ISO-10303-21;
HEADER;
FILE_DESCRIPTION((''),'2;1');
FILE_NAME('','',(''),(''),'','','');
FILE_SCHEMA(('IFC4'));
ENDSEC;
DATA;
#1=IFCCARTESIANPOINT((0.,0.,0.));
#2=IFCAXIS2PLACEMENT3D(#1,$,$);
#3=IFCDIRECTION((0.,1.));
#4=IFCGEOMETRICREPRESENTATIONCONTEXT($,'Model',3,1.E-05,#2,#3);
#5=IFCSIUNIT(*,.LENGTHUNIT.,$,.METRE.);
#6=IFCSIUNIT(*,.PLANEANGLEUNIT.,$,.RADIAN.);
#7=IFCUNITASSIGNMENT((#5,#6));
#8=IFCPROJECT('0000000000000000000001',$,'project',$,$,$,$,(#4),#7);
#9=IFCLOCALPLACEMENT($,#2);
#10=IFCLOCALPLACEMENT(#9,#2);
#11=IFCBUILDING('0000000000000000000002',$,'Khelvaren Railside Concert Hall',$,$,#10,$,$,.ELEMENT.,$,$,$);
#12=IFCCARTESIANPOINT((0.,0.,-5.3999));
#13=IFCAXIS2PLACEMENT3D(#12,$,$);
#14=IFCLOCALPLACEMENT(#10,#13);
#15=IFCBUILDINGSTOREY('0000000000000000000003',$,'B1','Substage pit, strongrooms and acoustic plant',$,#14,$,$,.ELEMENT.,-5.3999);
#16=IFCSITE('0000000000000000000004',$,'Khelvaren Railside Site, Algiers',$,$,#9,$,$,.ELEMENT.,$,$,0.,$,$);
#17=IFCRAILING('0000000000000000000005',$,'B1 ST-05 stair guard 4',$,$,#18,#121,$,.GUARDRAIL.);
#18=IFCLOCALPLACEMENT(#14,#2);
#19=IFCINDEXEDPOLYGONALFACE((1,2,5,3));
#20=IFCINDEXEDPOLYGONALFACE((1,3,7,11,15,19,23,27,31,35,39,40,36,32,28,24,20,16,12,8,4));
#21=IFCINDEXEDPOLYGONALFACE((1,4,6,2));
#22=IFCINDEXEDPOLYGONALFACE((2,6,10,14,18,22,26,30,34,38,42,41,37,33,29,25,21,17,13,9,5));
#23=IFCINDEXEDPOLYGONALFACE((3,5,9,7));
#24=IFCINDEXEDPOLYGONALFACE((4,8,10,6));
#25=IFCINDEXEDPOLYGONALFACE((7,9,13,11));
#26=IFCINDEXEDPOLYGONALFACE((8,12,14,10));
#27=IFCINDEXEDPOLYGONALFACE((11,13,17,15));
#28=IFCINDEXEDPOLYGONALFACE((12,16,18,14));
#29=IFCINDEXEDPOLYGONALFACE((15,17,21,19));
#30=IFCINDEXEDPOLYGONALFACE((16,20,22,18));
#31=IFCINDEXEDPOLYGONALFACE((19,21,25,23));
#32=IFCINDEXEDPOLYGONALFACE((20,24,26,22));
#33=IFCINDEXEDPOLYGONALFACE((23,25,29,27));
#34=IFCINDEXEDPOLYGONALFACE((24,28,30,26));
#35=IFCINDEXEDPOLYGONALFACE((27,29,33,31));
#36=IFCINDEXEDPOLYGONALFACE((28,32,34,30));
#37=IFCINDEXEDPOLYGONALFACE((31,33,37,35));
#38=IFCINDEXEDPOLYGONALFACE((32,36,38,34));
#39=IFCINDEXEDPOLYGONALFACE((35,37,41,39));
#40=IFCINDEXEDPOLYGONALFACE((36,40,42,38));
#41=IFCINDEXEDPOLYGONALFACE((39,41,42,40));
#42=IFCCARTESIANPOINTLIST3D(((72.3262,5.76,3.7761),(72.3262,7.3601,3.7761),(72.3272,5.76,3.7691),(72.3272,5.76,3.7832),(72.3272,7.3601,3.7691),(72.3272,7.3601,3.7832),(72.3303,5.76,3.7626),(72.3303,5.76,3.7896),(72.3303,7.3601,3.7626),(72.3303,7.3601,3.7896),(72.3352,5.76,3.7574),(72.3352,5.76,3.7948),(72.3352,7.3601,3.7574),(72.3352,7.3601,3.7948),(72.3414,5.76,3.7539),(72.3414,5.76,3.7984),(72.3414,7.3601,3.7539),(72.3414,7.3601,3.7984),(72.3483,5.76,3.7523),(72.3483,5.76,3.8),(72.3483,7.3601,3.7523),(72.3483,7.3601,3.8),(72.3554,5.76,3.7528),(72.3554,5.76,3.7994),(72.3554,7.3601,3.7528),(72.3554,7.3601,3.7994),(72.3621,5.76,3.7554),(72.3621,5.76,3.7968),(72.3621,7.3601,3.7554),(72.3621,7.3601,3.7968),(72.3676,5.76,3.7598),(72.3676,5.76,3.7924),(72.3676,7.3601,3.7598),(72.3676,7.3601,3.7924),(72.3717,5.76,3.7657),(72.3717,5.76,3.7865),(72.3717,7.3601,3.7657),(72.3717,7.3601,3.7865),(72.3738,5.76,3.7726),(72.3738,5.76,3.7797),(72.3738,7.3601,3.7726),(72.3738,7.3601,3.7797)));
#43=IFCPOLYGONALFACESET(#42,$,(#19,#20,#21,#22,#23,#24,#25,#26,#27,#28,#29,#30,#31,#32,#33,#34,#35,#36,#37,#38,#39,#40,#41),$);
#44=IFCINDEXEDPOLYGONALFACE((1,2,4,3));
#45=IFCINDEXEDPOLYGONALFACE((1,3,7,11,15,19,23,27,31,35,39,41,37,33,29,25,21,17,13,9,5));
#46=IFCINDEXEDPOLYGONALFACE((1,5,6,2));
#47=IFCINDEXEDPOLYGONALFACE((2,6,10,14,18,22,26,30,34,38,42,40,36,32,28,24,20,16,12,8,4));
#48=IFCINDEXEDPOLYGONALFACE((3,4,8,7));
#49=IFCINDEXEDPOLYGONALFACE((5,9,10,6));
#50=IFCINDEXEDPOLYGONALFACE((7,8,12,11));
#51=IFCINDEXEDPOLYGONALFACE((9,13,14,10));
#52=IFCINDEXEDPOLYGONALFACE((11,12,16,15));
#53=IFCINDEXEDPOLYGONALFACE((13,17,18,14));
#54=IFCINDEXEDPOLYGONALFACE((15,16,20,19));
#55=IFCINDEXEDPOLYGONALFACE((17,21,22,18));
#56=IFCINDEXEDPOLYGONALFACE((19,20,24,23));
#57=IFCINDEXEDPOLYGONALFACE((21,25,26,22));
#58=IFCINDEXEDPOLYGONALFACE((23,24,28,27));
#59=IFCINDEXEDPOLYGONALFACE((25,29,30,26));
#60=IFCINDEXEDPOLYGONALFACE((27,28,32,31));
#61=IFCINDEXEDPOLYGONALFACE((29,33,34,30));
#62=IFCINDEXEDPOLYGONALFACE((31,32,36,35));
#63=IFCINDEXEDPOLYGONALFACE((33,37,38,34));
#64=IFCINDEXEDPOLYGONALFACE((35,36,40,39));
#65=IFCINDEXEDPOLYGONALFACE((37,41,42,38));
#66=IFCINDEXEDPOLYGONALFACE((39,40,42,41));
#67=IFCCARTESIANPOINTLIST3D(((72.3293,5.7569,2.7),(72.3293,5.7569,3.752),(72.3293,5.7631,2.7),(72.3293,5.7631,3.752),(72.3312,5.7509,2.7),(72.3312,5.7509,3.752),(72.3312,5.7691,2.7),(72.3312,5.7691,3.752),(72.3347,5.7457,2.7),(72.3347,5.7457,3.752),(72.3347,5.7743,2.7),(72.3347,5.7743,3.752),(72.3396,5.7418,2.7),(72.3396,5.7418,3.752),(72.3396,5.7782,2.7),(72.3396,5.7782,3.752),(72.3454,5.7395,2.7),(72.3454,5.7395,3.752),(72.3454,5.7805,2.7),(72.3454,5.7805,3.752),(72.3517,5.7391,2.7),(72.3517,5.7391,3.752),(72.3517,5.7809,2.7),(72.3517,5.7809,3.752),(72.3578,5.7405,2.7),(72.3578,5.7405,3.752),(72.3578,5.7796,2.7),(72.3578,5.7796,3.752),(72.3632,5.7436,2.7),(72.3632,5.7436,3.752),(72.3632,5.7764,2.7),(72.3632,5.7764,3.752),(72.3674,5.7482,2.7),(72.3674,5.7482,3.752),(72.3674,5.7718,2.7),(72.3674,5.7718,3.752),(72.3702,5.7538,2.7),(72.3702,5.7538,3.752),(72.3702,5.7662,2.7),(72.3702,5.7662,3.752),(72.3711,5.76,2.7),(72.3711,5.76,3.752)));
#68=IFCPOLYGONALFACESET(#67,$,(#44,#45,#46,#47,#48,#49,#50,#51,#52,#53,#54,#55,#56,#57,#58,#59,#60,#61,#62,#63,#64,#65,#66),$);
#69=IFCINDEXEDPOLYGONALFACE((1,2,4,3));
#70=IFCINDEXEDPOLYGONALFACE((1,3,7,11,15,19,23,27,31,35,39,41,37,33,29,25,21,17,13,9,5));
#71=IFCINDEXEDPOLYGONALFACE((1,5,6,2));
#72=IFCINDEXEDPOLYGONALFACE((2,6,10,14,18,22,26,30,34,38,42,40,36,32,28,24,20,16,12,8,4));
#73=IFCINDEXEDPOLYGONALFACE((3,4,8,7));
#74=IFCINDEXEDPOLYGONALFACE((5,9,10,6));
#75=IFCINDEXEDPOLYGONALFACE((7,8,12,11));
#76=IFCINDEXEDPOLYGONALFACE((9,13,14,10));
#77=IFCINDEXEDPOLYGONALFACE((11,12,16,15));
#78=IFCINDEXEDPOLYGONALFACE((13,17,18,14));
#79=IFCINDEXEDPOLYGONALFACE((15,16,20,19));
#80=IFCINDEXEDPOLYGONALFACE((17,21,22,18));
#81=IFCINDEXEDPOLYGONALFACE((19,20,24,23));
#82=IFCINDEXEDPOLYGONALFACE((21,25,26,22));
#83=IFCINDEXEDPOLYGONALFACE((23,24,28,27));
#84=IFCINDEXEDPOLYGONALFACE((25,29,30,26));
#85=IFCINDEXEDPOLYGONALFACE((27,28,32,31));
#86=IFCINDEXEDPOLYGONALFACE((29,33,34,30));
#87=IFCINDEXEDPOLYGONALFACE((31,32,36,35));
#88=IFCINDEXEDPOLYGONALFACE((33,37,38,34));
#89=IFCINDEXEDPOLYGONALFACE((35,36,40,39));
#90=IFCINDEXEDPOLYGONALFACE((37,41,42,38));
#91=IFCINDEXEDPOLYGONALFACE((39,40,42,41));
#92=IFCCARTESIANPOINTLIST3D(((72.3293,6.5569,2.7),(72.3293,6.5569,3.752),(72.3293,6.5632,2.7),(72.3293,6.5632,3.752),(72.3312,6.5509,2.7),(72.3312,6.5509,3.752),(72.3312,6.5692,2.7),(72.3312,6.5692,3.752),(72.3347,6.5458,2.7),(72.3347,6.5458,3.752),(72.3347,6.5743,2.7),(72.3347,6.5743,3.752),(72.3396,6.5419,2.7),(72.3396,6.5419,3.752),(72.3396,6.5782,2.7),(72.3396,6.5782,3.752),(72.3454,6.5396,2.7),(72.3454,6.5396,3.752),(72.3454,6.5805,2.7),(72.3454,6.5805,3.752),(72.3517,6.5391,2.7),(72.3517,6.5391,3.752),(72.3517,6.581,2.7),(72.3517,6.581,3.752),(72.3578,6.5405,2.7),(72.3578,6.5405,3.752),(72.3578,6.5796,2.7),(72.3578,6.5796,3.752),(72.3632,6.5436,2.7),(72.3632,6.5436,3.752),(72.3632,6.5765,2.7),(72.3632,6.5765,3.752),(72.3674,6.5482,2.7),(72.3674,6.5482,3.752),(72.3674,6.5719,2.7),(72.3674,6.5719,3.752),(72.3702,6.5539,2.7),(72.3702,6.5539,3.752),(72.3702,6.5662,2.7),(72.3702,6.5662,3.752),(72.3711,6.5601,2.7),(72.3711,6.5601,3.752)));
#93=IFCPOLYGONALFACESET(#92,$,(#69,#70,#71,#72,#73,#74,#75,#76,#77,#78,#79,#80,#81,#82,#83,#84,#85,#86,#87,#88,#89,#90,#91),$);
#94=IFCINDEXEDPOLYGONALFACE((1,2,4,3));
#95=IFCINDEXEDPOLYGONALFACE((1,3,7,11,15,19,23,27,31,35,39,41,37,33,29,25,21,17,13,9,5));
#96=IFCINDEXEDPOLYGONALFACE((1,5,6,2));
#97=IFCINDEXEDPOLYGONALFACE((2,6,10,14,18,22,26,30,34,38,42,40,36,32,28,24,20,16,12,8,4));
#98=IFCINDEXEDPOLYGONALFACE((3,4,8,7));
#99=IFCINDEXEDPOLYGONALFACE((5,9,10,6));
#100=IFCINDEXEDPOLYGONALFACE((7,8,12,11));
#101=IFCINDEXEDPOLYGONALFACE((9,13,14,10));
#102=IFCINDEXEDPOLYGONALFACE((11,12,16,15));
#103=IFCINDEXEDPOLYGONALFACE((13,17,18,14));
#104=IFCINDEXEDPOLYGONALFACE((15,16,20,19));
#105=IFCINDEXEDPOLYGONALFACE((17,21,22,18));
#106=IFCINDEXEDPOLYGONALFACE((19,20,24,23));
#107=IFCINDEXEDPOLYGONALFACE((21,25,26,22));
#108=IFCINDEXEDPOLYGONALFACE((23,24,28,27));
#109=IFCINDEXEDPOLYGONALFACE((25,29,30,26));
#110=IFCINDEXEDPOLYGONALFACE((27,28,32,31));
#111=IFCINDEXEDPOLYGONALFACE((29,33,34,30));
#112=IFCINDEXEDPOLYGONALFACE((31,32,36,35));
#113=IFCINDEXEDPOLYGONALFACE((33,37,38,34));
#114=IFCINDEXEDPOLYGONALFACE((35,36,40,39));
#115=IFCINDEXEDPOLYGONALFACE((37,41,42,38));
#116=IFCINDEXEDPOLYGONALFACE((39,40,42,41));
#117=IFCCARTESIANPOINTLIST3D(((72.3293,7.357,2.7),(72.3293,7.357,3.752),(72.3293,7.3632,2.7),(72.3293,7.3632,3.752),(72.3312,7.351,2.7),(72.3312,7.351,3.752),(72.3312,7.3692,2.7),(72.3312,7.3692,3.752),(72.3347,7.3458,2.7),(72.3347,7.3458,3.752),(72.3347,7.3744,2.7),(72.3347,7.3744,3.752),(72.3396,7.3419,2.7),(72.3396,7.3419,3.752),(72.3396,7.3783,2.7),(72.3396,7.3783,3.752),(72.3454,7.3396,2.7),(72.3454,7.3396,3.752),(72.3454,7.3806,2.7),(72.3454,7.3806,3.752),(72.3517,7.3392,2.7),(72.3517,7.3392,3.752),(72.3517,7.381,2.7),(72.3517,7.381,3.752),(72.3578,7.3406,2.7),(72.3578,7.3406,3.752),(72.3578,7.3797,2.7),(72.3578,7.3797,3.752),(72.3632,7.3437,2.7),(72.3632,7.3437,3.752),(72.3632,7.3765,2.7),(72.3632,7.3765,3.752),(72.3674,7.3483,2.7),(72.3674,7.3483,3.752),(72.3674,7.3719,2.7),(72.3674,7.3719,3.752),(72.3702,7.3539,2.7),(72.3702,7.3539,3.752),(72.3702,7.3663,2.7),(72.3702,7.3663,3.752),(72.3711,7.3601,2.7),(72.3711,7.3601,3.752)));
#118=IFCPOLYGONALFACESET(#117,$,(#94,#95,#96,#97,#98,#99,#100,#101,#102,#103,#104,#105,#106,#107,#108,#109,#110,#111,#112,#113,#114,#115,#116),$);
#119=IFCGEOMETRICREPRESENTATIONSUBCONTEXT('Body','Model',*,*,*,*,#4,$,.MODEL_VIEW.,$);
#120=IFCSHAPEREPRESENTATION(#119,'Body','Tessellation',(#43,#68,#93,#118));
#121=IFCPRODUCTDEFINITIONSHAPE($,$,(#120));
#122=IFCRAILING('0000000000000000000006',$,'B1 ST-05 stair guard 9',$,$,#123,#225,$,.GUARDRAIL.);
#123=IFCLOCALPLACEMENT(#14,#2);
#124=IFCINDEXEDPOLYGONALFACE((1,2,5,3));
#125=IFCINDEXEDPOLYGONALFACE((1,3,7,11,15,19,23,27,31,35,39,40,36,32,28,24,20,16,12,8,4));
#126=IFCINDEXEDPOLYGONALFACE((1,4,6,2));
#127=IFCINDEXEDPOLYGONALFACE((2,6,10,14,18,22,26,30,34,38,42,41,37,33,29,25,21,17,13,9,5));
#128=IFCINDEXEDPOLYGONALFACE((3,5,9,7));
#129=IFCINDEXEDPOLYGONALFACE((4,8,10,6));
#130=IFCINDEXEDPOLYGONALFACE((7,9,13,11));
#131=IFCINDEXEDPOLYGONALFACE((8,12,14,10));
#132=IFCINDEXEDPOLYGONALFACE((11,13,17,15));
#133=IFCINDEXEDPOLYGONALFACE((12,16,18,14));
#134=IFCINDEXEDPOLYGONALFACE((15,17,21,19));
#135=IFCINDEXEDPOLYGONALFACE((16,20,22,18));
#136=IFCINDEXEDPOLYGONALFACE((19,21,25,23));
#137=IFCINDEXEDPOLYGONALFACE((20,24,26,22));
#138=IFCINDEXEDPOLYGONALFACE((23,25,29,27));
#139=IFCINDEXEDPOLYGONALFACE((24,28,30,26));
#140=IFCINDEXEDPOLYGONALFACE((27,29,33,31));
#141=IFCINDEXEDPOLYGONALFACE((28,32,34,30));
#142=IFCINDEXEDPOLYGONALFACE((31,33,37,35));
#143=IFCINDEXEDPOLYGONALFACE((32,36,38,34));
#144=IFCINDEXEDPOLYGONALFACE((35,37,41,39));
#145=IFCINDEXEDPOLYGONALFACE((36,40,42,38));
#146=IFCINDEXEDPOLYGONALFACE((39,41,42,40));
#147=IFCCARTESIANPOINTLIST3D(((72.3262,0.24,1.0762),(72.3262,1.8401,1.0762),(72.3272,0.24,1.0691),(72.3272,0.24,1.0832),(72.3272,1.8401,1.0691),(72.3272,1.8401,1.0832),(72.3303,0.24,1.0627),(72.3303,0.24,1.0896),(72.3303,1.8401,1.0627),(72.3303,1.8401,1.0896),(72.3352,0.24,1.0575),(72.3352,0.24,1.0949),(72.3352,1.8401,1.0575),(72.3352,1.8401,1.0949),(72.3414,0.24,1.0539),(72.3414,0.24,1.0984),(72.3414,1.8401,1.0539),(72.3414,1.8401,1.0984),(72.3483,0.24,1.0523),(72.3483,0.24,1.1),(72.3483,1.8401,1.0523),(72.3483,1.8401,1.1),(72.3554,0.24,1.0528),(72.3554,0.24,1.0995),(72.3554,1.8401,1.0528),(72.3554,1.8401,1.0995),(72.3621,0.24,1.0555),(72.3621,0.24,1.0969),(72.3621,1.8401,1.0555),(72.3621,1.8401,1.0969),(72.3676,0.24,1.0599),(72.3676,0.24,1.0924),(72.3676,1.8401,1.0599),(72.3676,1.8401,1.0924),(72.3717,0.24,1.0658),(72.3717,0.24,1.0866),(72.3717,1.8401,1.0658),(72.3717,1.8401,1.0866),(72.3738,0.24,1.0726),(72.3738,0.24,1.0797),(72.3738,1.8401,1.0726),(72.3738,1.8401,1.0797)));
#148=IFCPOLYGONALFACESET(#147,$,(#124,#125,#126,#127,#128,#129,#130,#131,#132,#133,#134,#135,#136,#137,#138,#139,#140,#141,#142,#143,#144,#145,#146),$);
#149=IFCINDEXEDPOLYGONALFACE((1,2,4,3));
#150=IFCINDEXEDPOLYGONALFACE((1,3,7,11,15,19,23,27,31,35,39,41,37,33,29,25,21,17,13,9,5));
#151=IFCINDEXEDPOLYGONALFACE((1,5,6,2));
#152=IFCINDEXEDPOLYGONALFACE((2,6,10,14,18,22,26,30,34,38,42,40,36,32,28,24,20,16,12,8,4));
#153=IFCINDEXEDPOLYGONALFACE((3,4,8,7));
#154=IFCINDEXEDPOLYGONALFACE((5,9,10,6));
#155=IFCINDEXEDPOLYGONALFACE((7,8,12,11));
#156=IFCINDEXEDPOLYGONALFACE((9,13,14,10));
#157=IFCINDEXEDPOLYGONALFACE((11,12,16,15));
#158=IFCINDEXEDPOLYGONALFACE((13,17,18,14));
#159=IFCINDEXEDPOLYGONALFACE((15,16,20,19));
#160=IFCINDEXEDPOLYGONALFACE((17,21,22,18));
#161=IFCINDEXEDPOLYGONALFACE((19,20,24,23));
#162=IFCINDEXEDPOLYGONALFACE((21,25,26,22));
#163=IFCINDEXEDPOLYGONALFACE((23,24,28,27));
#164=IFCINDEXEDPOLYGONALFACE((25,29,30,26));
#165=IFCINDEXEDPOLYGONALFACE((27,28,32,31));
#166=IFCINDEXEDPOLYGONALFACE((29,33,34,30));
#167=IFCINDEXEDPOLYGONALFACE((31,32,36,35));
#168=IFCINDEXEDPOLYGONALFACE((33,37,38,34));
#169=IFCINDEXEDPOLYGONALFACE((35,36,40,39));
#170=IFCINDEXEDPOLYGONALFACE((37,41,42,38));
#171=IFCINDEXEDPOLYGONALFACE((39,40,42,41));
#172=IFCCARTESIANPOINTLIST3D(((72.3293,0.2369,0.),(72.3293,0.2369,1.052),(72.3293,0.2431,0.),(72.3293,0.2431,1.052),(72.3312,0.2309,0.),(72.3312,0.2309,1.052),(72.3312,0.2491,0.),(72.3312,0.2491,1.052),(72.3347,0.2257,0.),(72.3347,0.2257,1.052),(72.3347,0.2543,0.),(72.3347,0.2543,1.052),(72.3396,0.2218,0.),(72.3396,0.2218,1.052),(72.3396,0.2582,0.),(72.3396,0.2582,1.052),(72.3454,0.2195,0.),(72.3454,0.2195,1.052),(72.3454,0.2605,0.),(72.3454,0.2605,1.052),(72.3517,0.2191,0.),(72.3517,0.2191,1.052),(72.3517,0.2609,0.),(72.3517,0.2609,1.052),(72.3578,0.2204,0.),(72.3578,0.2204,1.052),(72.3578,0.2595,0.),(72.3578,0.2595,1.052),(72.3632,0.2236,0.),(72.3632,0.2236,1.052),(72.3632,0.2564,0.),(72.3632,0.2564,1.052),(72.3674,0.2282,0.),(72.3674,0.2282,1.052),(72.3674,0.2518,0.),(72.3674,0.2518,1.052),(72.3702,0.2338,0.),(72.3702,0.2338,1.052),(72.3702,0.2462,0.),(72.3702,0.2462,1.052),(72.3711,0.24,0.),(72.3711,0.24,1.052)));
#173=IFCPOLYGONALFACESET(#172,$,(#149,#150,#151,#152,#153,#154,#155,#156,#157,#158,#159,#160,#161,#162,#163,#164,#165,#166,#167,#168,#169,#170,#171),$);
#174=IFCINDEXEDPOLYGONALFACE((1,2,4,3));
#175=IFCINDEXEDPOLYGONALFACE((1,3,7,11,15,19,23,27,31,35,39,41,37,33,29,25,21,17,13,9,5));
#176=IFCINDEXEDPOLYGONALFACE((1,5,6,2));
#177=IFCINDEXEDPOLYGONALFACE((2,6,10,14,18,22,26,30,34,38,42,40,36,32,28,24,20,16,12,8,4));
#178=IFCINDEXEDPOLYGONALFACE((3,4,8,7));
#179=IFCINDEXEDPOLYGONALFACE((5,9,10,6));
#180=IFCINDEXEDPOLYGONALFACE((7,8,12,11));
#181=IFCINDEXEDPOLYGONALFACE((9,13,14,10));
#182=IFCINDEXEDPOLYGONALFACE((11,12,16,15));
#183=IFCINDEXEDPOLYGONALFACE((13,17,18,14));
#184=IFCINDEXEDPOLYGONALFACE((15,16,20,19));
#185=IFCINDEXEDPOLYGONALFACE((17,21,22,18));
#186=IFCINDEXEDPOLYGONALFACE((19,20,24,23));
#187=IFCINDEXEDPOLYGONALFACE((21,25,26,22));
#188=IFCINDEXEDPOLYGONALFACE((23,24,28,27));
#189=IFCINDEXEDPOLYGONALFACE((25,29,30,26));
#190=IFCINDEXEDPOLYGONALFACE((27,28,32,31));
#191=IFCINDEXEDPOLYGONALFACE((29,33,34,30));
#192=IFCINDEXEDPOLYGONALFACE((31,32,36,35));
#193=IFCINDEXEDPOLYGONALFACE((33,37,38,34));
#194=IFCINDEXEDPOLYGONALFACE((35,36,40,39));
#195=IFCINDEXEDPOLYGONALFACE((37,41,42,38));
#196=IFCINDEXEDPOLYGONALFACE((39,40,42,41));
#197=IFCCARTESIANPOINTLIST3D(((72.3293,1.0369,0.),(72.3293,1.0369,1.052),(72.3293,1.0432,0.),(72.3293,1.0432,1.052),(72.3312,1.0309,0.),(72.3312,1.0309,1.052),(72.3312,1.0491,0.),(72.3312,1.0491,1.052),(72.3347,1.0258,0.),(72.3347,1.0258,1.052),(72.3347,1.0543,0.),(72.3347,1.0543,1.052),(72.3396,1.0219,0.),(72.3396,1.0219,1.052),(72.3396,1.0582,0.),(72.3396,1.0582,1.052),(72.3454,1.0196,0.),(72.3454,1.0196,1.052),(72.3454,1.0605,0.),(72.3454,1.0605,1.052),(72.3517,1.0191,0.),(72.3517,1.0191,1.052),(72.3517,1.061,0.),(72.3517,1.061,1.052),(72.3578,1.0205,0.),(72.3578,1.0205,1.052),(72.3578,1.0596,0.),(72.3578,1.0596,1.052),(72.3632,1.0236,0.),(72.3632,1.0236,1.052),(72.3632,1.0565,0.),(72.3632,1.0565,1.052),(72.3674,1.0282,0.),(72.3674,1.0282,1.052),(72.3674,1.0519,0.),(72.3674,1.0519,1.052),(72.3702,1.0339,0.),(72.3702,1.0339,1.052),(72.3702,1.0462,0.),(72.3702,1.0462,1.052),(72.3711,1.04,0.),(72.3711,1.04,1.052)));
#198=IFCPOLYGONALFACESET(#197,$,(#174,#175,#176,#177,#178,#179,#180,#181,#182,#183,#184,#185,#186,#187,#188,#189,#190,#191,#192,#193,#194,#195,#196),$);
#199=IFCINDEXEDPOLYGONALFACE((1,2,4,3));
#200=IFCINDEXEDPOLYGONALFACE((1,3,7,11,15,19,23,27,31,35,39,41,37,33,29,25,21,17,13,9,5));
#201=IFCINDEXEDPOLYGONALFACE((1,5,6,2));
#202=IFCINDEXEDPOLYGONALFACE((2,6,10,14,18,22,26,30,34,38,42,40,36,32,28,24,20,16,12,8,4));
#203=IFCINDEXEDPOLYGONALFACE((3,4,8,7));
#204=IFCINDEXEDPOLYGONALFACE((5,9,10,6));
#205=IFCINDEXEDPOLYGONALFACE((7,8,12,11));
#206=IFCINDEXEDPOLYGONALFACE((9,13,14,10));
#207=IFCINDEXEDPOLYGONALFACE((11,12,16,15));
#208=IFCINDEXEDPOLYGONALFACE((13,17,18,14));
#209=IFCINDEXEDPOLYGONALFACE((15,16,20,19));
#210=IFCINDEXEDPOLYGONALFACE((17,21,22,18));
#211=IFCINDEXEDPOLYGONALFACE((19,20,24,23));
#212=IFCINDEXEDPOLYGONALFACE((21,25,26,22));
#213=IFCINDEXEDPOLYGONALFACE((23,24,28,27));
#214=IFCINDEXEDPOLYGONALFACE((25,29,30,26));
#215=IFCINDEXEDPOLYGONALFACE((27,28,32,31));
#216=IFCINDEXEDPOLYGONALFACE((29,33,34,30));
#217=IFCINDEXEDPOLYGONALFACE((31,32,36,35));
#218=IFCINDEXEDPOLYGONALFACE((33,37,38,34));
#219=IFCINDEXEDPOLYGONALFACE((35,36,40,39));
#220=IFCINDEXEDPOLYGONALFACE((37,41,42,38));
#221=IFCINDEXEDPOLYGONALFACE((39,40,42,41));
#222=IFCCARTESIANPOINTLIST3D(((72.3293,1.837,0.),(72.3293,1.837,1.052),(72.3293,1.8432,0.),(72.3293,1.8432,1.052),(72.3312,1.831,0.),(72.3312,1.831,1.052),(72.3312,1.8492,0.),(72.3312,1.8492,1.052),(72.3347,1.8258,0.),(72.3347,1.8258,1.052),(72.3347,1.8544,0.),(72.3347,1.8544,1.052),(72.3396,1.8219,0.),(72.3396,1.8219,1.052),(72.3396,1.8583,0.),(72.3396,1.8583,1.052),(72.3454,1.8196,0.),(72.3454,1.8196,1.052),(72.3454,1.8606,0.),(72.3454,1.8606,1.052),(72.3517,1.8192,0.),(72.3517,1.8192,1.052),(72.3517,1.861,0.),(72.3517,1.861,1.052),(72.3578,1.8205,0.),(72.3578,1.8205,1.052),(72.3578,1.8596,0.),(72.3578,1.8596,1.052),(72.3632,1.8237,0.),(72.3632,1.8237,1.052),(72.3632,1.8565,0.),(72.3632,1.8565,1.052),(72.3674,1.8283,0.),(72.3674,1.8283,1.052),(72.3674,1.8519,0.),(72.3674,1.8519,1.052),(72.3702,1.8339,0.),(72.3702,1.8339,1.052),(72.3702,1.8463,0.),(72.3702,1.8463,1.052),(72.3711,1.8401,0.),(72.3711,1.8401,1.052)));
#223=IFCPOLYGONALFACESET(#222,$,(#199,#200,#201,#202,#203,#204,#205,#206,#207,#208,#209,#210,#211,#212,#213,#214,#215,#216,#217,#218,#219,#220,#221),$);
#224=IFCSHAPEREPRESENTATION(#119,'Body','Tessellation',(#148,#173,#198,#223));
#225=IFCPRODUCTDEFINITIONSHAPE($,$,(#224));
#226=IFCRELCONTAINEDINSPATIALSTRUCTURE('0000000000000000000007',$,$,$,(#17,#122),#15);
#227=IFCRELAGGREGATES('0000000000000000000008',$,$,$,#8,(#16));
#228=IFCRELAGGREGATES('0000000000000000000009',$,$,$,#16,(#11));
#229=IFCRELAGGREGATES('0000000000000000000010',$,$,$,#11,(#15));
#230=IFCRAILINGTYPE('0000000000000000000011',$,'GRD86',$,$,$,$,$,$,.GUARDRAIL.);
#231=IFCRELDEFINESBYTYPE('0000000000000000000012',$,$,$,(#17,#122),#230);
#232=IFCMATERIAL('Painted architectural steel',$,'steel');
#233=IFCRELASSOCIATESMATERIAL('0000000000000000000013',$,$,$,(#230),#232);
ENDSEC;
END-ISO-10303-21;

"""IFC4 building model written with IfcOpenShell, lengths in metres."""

from ifc_helpers import new_model, si_unit, direction, frame, origin, origin_2d, place, context, subcontext, project, spatial, circle, extrude, material, type_object, element, save


model = new_model("IFC4")

# Units and contexts
model_context = context("Model", 3, precision=1e-05, world=origin(), true_north=direction((0.0, 1.0)))
body_context = subcontext(model_context, "Body", "Model", "MODEL_VIEW")
ifc_project = project(units=[si_unit("LENGTHUNIT", "METRE"), si_unit("PLANEANGLEUNIT", "RADIAN")], contexts=[model_context])

# Site, building, storey
site_placement = place(None, origin())
site = spatial("IfcSite", under=ifc_project, at=site_placement, Name="Khelvaren Railside Site, Algiers", CompositionType="ELEMENT", RefElevation=0.0)
building_placement = place(site_placement, origin())
building = spatial("IfcBuilding", under=site, at=building_placement, Name="Khelvaren Railside Concert Hall", CompositionType="ELEMENT")
storey_placement = place(building_placement, frame((0.0, 0.0, -5.3999)))
storey = spatial("IfcBuildingStorey", under=building, at=storey_placement, Name="B1", Description="Substage pit, strongrooms and acoustic plant", CompositionType="ELEMENT", Elevation=-5.3999)

# Railings
ifc_material_1 = material(Name="Painted architectural steel", Category="steel")
railing_type_1 = type_object("IfcRailingType", Name="GRD86", PredefinedType="GUARDRAIL", material=ifc_material_1)
for number, where, name in (
    (1, (72.3501, 5.76, 2.7), "B1 ST-05 stair guard 4"),
    (2, (72.3501, 0.24, 0.0), "B1 ST-05 stair guard 9"),
):
    element("IfcRailing", number, at=place(storey_placement, frame(where)), inside=storey, type_object=railing_type_1, Name=name, PredefinedType="GUARDRAIL", context=body_context, shape_type="SweptSolid", body=[
        extrude(circle(Radius=0.0239, at=origin_2d()), frame((0.0, 0.0, 1.0762), z_axis=(0.0, 1.0, 0.0), x_axis=(-1.0, 0.0, 0.0)), (0.0, 0.0, 1.0), 1.6001),
        extrude(circle(Radius=0.021, at=origin_2d()), origin(), (0.0, 0.0, 1.0), 1.052),
        extrude(circle(Radius=0.021, at=origin_2d()), frame((0.0, 0.8, 0.0)), (0.0, 0.0, 1.0), 1.052),
        extrude(circle(Radius=0.021, at=origin_2d()), frame((0.0, 1.6001, 0.0)), (0.0, 0.0, 1.0), 1.052),
    ])

save(model, "model.ifc")
